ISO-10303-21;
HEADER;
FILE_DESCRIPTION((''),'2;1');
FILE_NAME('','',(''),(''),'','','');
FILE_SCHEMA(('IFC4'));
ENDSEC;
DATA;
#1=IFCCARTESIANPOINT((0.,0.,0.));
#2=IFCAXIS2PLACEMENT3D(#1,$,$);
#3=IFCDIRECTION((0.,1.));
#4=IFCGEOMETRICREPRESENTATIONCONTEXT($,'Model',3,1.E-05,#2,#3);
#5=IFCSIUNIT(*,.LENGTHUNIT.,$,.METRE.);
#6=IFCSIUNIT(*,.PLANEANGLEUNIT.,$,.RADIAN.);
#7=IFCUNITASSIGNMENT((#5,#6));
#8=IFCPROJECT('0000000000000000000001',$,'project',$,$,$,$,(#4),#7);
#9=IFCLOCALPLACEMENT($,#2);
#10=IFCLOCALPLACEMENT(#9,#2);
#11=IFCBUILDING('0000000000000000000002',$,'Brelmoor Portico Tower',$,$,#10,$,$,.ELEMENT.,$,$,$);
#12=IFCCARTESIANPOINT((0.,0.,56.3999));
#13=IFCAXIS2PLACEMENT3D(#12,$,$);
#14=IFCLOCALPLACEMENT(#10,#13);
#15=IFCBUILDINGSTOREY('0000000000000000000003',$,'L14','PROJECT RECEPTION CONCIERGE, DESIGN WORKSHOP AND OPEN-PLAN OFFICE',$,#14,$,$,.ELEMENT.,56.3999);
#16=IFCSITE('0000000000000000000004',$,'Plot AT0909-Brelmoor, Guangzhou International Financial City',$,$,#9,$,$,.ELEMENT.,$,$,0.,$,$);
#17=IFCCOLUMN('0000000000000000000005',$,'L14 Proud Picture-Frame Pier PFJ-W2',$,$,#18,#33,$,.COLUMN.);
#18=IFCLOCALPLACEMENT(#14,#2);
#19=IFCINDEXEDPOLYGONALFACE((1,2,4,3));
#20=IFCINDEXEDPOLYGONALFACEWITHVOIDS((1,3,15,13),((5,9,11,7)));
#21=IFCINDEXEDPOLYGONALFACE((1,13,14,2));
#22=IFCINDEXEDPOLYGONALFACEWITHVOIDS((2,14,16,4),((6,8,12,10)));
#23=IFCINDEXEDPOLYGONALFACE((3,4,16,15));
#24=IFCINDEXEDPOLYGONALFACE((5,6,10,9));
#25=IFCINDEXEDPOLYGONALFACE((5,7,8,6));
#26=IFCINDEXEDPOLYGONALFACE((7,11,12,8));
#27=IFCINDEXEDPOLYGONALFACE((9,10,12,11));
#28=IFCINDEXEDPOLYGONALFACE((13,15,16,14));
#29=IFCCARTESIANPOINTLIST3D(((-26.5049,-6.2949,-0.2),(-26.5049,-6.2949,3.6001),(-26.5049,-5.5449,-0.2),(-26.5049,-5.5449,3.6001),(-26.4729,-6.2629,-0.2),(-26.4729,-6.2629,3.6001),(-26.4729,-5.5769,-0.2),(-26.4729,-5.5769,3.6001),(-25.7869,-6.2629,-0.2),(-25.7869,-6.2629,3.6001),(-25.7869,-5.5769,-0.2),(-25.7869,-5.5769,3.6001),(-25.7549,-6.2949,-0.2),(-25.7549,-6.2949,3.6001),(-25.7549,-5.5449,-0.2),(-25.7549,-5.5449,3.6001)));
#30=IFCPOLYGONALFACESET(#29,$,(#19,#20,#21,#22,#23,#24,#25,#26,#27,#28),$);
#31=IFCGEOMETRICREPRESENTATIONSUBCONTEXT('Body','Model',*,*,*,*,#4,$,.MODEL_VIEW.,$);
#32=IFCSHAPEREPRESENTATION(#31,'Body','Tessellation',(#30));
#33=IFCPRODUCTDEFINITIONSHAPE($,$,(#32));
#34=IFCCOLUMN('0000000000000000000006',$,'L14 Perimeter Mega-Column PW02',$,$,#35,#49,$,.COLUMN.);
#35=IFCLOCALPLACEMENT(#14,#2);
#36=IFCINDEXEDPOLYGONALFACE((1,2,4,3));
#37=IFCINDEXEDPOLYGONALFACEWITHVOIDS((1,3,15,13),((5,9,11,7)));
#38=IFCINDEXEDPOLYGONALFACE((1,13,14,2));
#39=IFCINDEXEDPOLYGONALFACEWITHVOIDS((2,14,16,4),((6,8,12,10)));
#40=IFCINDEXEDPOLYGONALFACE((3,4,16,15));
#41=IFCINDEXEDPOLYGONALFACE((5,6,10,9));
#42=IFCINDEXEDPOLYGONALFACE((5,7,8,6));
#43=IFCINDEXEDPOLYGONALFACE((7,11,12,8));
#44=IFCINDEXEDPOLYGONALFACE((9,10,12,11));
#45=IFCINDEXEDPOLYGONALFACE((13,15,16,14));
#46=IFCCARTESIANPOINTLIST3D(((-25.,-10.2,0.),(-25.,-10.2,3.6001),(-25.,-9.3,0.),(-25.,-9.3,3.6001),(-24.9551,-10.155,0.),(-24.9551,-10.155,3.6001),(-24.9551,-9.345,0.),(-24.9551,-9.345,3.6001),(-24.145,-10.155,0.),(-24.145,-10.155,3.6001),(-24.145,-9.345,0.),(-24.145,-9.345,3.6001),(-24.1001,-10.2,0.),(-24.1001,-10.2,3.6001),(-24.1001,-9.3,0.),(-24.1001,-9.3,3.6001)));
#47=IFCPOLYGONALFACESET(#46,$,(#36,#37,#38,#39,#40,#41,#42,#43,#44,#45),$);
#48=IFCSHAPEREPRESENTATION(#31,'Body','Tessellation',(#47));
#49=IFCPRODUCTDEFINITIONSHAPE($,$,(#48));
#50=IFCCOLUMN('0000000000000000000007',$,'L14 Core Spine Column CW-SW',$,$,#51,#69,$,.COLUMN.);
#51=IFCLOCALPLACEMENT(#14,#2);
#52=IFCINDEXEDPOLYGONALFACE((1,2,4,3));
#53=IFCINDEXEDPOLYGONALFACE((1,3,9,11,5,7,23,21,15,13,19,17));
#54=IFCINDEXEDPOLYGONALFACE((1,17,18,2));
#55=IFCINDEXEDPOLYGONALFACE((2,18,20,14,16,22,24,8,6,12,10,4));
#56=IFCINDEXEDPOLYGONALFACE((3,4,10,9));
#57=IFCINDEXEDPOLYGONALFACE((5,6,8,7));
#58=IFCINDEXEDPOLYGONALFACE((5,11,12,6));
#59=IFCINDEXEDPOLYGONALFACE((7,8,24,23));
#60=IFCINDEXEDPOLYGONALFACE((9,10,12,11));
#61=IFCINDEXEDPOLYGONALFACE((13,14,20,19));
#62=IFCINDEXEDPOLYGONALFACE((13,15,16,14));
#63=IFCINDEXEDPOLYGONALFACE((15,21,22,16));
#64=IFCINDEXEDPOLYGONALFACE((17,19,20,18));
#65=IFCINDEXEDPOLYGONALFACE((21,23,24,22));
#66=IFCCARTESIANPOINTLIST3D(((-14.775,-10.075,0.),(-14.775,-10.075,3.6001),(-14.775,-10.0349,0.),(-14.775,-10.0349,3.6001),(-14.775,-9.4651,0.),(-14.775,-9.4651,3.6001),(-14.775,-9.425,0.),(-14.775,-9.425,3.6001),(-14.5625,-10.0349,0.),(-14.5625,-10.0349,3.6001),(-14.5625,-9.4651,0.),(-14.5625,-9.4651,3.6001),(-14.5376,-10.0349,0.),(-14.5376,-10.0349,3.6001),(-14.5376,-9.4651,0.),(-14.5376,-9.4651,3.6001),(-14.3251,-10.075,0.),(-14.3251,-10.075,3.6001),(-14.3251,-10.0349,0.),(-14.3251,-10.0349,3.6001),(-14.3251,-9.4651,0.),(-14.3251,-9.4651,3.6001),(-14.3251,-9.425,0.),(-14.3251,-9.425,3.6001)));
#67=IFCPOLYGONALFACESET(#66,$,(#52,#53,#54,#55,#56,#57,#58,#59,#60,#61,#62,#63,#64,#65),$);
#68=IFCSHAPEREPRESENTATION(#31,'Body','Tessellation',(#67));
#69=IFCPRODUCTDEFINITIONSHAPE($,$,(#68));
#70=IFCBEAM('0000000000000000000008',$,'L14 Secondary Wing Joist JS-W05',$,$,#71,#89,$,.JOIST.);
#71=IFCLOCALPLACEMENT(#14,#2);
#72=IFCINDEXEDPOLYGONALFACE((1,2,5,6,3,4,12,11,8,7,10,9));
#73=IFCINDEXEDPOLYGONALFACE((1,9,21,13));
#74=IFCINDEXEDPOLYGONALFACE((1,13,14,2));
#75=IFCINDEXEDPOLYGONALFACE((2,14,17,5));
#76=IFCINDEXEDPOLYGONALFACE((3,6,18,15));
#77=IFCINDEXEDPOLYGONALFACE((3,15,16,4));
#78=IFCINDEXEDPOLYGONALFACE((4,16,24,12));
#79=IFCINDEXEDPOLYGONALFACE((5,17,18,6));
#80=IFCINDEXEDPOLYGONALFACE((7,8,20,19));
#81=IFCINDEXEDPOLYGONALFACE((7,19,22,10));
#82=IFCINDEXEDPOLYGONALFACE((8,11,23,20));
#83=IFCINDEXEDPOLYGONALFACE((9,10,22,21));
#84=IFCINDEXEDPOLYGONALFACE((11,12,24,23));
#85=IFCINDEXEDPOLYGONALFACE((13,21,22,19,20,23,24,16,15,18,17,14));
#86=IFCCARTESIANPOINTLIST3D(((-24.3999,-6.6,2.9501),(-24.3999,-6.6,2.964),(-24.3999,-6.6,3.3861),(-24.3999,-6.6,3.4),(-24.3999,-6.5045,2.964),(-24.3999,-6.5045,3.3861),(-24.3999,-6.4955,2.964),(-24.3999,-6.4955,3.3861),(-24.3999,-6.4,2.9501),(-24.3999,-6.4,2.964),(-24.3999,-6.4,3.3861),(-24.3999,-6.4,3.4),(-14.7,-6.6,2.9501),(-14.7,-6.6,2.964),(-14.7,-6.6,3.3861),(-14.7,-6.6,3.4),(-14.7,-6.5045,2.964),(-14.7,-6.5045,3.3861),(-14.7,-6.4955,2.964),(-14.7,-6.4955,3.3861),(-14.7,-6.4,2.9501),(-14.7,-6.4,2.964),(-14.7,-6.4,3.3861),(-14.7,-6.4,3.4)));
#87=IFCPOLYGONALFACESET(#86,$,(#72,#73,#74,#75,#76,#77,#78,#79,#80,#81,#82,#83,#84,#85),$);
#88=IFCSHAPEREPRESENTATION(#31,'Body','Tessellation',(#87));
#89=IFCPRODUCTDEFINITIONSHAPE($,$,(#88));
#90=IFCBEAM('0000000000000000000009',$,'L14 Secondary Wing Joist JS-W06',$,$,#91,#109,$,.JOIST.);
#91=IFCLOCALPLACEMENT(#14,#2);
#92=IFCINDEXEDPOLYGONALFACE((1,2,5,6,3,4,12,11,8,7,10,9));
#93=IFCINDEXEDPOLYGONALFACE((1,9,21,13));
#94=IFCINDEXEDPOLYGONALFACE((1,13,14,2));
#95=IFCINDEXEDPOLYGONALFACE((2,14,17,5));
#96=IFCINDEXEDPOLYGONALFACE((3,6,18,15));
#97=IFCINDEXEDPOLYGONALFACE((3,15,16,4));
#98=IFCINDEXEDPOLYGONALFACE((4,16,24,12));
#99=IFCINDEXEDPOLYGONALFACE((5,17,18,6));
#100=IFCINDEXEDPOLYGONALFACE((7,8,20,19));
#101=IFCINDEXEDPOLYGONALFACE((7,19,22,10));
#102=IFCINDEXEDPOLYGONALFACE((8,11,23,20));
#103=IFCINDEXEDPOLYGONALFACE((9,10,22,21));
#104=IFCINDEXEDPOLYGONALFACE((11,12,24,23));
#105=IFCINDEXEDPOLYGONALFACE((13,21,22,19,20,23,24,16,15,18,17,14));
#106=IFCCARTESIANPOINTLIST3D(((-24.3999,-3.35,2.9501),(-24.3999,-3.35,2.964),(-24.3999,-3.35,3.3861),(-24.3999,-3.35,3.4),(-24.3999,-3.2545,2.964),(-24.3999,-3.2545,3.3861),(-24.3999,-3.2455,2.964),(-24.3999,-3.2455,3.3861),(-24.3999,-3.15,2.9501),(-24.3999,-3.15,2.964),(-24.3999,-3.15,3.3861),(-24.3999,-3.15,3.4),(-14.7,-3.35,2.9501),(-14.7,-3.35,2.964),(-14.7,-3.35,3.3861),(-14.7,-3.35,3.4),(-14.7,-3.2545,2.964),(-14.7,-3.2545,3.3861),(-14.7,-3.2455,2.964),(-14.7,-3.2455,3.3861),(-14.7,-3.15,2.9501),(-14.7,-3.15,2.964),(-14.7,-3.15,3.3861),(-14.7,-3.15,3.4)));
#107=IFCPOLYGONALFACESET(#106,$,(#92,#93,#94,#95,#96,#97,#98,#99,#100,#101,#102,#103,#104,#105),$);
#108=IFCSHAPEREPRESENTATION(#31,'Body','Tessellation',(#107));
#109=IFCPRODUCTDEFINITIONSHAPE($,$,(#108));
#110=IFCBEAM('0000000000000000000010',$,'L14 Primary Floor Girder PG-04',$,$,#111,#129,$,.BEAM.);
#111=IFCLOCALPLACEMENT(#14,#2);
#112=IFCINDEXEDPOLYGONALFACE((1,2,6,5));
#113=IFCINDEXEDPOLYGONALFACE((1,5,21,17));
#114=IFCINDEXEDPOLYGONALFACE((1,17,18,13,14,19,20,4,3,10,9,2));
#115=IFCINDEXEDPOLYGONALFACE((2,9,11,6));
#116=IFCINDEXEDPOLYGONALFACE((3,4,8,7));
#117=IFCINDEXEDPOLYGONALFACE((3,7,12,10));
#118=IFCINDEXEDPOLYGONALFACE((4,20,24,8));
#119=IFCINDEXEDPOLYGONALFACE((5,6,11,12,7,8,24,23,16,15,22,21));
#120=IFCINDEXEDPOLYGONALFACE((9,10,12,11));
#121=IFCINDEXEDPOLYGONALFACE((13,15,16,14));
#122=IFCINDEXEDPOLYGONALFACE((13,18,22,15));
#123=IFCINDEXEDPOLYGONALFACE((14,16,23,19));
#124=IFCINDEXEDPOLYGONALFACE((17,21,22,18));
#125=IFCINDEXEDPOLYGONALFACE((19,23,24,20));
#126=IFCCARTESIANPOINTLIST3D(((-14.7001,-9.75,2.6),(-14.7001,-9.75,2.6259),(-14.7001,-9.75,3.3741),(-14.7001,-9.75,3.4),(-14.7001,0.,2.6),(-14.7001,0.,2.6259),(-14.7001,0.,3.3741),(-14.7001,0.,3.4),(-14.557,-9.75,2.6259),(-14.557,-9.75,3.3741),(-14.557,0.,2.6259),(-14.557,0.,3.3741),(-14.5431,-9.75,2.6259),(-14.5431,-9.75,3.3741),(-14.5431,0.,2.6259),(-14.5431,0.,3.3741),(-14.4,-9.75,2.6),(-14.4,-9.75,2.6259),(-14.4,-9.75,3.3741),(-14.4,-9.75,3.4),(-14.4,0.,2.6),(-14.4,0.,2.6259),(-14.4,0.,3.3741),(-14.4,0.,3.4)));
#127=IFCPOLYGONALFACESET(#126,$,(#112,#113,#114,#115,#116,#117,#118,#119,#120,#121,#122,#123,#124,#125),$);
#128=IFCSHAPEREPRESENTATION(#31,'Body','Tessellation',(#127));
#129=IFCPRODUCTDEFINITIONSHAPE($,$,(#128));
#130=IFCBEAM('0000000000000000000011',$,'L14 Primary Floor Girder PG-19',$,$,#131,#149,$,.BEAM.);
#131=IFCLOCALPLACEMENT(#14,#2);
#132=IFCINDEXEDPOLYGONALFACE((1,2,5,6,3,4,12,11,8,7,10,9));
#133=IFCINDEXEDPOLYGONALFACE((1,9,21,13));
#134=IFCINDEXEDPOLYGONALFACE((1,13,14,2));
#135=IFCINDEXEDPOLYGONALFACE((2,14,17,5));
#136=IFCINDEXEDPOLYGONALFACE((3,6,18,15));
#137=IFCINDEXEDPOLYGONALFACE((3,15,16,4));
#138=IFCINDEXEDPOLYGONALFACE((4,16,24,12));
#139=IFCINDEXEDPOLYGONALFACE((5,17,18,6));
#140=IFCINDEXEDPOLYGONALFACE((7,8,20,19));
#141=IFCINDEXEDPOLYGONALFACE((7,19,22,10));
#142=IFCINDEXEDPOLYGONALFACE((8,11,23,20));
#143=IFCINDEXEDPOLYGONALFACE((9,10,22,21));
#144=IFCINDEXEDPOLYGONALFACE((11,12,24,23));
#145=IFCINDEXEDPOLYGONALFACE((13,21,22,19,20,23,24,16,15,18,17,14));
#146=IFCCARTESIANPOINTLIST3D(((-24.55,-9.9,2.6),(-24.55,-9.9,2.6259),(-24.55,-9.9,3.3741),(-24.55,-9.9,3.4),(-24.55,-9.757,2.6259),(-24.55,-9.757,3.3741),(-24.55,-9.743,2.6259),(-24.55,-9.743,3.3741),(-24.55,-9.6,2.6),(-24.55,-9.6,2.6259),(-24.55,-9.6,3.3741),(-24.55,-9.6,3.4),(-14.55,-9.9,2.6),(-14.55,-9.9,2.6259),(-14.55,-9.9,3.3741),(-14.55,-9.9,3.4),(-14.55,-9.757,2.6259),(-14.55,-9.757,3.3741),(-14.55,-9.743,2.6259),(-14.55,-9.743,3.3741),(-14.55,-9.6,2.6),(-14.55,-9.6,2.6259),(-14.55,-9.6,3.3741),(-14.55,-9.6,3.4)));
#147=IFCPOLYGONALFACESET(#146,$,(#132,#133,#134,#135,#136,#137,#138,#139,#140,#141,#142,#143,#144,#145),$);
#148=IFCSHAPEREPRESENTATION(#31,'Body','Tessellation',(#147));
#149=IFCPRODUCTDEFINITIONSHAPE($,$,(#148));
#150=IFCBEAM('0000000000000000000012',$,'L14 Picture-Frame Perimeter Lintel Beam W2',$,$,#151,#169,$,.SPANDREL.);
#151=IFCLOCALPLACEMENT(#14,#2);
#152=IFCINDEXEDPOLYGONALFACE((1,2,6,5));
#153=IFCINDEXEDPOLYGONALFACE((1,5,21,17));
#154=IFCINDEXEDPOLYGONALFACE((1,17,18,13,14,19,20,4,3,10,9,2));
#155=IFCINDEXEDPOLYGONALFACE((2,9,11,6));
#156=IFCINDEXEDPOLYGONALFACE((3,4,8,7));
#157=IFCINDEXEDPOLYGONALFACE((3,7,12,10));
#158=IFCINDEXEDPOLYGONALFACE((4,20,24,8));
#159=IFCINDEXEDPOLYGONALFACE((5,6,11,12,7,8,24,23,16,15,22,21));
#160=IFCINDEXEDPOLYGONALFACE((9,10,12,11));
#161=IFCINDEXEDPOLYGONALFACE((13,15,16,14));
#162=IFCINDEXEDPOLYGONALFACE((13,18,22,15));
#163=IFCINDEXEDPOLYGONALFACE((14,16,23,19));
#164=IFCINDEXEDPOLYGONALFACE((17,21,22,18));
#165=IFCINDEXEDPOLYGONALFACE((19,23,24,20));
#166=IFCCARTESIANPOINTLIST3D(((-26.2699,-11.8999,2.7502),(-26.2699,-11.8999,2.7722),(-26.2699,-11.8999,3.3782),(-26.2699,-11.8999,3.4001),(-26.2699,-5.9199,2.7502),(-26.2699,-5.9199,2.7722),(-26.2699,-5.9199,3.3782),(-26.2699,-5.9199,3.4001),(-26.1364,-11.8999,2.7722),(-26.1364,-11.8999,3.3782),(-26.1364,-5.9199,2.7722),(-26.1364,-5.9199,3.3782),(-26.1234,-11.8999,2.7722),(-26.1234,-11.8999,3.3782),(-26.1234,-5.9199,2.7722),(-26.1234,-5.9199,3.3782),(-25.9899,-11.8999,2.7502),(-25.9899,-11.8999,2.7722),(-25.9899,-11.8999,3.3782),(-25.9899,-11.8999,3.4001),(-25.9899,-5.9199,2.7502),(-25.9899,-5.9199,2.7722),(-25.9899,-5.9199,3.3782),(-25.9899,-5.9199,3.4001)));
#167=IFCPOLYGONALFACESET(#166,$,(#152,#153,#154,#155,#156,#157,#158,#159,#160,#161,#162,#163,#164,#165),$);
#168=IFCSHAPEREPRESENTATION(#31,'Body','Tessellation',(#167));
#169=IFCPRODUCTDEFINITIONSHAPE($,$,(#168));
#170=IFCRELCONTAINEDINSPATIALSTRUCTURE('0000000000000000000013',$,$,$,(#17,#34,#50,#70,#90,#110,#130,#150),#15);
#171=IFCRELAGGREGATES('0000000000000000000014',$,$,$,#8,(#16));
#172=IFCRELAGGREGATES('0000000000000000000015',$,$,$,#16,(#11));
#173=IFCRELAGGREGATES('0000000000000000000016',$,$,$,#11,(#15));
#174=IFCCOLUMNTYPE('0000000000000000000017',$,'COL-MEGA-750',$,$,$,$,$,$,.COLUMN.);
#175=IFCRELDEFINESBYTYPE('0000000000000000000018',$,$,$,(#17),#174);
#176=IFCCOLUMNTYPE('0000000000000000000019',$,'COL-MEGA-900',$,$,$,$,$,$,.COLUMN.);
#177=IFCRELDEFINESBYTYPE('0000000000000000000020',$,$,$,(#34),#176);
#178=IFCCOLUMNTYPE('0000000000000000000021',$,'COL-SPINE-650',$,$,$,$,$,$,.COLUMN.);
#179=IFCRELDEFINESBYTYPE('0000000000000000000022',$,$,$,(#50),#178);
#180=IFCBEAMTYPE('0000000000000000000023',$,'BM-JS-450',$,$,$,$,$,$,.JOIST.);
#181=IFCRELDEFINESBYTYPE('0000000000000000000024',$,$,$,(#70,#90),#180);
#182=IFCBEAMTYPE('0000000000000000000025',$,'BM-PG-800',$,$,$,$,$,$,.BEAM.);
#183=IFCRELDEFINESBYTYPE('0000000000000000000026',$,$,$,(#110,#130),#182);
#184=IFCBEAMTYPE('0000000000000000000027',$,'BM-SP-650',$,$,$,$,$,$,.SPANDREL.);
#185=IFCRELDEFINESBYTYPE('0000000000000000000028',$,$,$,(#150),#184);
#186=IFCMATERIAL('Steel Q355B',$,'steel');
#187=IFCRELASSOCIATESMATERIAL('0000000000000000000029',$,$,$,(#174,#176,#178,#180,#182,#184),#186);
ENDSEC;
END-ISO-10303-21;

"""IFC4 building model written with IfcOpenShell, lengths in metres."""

from ifc_helpers import new_model, si_unit, direction, frame, origin, origin_2d, place, context, subcontext, project, spatial, hollow_rectangle, i_section, extrude, material, material_profile, profile_set, type_object, element, save


model = new_model("IFC4")

# Units and contexts
model_context = context("Model", 3, precision=1e-05, world=origin(), true_north=direction((0.0, 1.0)))
body_context = subcontext(model_context, "Body", "Model", "MODEL_VIEW")
ifc_project = project(units=[si_unit("LENGTHUNIT", "METRE"), si_unit("PLANEANGLEUNIT", "RADIAN")], contexts=[model_context])

# Site, building, storey
site_placement = place(None, origin())
site = spatial("IfcSite", under=ifc_project, at=site_placement, Name="Plot AT0909-Brelmoor, Guangzhou International Financial City", CompositionType="ELEMENT", RefElevation=0.0)
building_placement = place(site_placement, origin())
building = spatial("IfcBuilding", under=site, at=building_placement, Name="Brelmoor Portico Tower", CompositionType="ELEMENT")
storey_placement = place(building_placement, frame((0.0, 0.0, 56.3999)))
storey = spatial("IfcBuildingStorey", under=building, at=storey_placement, Name="L14", Description="PROJECT RECEPTION CONCIERGE, DESIGN WORKSHOP AND OPEN-PLAN OFFICE", CompositionType="ELEMENT", Elevation=56.3999)

# Columns
ifc_material_1 = material(Name="Steel Q355B", Category="steel")
ifc_material_profile_1 = material_profile(ifc_material_1, hollow_rectangle(XDim=0.75, YDim=0.75, WallThickness=0.032, at=origin_2d()), Name="BOX 750x750x32")
ifc_profile_set_1 = profile_set([ifc_material_profile_1], Name="Steel Q355B")
column_type_1 = type_object("IfcColumnType", Name="COL-MEGA-750", PredefinedType="COLUMN", material=ifc_profile_set_1)
column_1_placement = place(storey_placement, frame((-26.1299, -5.9199, -0.2), z_axis=(0.0, 0.0, 1.0), x_axis=(0.0, 1.0, 0.0)))
element("IfcColumn", 1, at=column_1_placement, inside=storey, type_object=column_type_1, Name="L14 Proud Picture-Frame Pier PFJ-W2", PredefinedType="COLUMN", context=body_context, shape_type="SweptSolid", body=[
    extrude(hollow_rectangle(XDim=0.75, YDim=0.75, WallThickness=0.032, at=origin_2d()), origin(), (0.0, 0.0, 1.0), 3.8),
])
ifc_material_profile_2 = material_profile(ifc_material_1, hollow_rectangle(XDim=0.8999, YDim=0.8999, WallThickness=0.0449, at=origin_2d()), Name="BOX 900x900x45")
ifc_profile_set_2 = profile_set([ifc_material_profile_2], Name="Steel Q355B")
column_type_2 = type_object("IfcColumnType", Name="COL-MEGA-900", PredefinedType="COLUMN", material=ifc_profile_set_2)
column_2_placement = place(storey_placement, frame((-24.55, -9.75, 0.0), z_axis=(0.0, 0.0, 1.0), x_axis=(0.0, 1.0, 0.0)))
element("IfcColumn", 2, at=column_2_placement, inside=storey, type_object=column_type_2, Name="L14 Perimeter Mega-Column PW02", PredefinedType="COLUMN", context=body_context, shape_type="SweptSolid", body=[
    extrude(hollow_rectangle(XDim=0.8999, YDim=0.8999, WallThickness=0.0449, at=origin_2d()), origin(), (0.0, 0.0, 1.0), 3.6001),
])
ifc_material_profile_3 = material_profile(ifc_material_1, i_section(OverallWidth=0.45, OverallDepth=0.6499, WebThickness=0.0249, FlangeThickness=0.04, at=origin_2d()), Name="HW 650x450x25x40")
ifc_profile_set_3 = profile_set([ifc_material_profile_3], Name="Steel Q355B")
column_type_3 = type_object("IfcColumnType", Name="COL-SPINE-650", PredefinedType="COLUMN", material=ifc_profile_set_3)
column_3_placement = place(storey_placement, frame((-14.55, -9.75, 0.0), z_axis=(0.0, 0.0, 1.0), x_axis=(1.0, 0.0, 0.0)))
element("IfcColumn", 3, at=column_3_placement, inside=storey, type_object=column_type_3, Name="L14 Core Spine Column CW-SW", PredefinedType="COLUMN", context=body_context, shape_type="SweptSolid", body=[
    extrude(i_section(OverallWidth=0.45, OverallDepth=0.6499, WebThickness=0.0249, FlangeThickness=0.04, at=origin_2d()), origin(), (0.0, 0.0, 1.0), 3.6001),
])

# Beams
ifc_material_profile_4 = material_profile(ifc_material_1, i_section(OverallWidth=0.2, OverallDepth=0.45, WebThickness=0.009, FlangeThickness=0.0139, at=origin_2d()), Name="HN 450x200x9x14")
ifc_profile_set_4 = profile_set([ifc_material_profile_4], Name="Steel Q355B")
beam_type_1 = type_object("IfcBeamType", Name="BM-JS-450", PredefinedType="JOIST", material=ifc_profile_set_4)
for number, where, z_axis, x_axis, name in (
    (4, (-24.3999, -6.5, 3.175), (1.0, 0.0, 0.0), (0.0, 1.0, 0.0), "L14 Secondary Wing Joist JS-W05"),
    (5, (-24.3999, -3.25, 3.175), (1.0, 0.0, 0.0), (0.0, 1.0, 0.0), "L14 Secondary Wing Joist JS-W06"),
):
    element("IfcBeam", number, at=place(storey_placement, frame(where, z_axis=z_axis, x_axis=x_axis)), inside=storey, type_object=beam_type_1, Name=name, PredefinedType="JOIST", context=body_context, shape_type="SweptSolid", body=[
        extrude(i_section(OverallWidth=0.2, OverallDepth=0.45, WebThickness=0.009, FlangeThickness=0.0139, at=origin_2d()), origin(), (0.0, 0.0, 1.0), 9.7),
    ])
ifc_material_profile_5 = material_profile(ifc_material_1, i_section(OverallWidth=0.3, OverallDepth=0.8, WebThickness=0.0139, FlangeThickness=0.0259, at=origin_2d()), Name="HN 800x300x14x26")
ifc_profile_set_5 = profile_set([ifc_material_profile_5], Name="Steel Q355B")
beam_type_2 = type_object("IfcBeamType", Name="BM-PG-800", PredefinedType="BEAM", material=ifc_profile_set_5)
beam_1_placement = place(storey_placement, frame((-14.55, -9.75, 3.0), z_axis=(0.0, 1.0, 0.0), x_axis=(-1.0, 0.0, 0.0)))
element("IfcBeam", 6, at=beam_1_placement, inside=storey, type_object=beam_type_2, Name="L14 Primary Floor Girder PG-04", PredefinedType="BEAM", context=body_context, shape_type="SweptSolid", body=[
    extrude(i_section(OverallWidth=0.3, OverallDepth=0.8, WebThickness=0.0139, FlangeThickness=0.0259, at=origin_2d()), origin(), (0.0, 0.0, 1.0), 9.75),
])
beam_2_placement = place(storey_placement, frame((-24.55, -9.75, 3.0), z_axis=(1.0, 0.0, 0.0), x_axis=(0.0, 1.0, 0.0)))
element("IfcBeam", 7, at=beam_2_placement, inside=storey, type_object=beam_type_2, Name="L14 Primary Floor Girder PG-19", PredefinedType="BEAM", context=body_context, shape_type="SweptSolid", body=[
    extrude(i_section(OverallWidth=0.3, OverallDepth=0.8, WebThickness=0.0139, FlangeThickness=0.0259, at=origin_2d()), origin(), (0.0, 0.0, 1.0), 10.0),
])
ifc_material_profile_6 = material_profile(ifc_material_1, i_section(OverallWidth=0.28, OverallDepth=0.6499, WebThickness=0.0129, FlangeThickness=0.022, at=origin_2d()), Name="HN 650x280x13x22")
ifc_profile_set_6 = profile_set([ifc_material_profile_6], Name="Steel Q355B")
beam_type_3 = type_object("IfcBeamType", Name="BM-SP-650", PredefinedType="SPANDREL", material=ifc_profile_set_6)
beam_3_placement = place(storey_placement, frame((-26.1299, -11.8999, 3.0752), z_axis=(0.0, 1.0, 0.0), x_axis=(-1.0, 0.0, 0.0)))
element("IfcBeam", 8, at=beam_3_placement, inside=storey, type_object=beam_type_3, Name="L14 Picture-Frame Perimeter Lintel Beam W2", PredefinedType="SPANDREL", context=body_context, shape_type="SweptSolid", body=[
    extrude(i_section(OverallWidth=0.28, OverallDepth=0.6499, WebThickness=0.0129, FlangeThickness=0.022, at=origin_2d()), origin(), (0.0, 0.0, 1.0), 5.98),
])

save(model, "model.ifc")
